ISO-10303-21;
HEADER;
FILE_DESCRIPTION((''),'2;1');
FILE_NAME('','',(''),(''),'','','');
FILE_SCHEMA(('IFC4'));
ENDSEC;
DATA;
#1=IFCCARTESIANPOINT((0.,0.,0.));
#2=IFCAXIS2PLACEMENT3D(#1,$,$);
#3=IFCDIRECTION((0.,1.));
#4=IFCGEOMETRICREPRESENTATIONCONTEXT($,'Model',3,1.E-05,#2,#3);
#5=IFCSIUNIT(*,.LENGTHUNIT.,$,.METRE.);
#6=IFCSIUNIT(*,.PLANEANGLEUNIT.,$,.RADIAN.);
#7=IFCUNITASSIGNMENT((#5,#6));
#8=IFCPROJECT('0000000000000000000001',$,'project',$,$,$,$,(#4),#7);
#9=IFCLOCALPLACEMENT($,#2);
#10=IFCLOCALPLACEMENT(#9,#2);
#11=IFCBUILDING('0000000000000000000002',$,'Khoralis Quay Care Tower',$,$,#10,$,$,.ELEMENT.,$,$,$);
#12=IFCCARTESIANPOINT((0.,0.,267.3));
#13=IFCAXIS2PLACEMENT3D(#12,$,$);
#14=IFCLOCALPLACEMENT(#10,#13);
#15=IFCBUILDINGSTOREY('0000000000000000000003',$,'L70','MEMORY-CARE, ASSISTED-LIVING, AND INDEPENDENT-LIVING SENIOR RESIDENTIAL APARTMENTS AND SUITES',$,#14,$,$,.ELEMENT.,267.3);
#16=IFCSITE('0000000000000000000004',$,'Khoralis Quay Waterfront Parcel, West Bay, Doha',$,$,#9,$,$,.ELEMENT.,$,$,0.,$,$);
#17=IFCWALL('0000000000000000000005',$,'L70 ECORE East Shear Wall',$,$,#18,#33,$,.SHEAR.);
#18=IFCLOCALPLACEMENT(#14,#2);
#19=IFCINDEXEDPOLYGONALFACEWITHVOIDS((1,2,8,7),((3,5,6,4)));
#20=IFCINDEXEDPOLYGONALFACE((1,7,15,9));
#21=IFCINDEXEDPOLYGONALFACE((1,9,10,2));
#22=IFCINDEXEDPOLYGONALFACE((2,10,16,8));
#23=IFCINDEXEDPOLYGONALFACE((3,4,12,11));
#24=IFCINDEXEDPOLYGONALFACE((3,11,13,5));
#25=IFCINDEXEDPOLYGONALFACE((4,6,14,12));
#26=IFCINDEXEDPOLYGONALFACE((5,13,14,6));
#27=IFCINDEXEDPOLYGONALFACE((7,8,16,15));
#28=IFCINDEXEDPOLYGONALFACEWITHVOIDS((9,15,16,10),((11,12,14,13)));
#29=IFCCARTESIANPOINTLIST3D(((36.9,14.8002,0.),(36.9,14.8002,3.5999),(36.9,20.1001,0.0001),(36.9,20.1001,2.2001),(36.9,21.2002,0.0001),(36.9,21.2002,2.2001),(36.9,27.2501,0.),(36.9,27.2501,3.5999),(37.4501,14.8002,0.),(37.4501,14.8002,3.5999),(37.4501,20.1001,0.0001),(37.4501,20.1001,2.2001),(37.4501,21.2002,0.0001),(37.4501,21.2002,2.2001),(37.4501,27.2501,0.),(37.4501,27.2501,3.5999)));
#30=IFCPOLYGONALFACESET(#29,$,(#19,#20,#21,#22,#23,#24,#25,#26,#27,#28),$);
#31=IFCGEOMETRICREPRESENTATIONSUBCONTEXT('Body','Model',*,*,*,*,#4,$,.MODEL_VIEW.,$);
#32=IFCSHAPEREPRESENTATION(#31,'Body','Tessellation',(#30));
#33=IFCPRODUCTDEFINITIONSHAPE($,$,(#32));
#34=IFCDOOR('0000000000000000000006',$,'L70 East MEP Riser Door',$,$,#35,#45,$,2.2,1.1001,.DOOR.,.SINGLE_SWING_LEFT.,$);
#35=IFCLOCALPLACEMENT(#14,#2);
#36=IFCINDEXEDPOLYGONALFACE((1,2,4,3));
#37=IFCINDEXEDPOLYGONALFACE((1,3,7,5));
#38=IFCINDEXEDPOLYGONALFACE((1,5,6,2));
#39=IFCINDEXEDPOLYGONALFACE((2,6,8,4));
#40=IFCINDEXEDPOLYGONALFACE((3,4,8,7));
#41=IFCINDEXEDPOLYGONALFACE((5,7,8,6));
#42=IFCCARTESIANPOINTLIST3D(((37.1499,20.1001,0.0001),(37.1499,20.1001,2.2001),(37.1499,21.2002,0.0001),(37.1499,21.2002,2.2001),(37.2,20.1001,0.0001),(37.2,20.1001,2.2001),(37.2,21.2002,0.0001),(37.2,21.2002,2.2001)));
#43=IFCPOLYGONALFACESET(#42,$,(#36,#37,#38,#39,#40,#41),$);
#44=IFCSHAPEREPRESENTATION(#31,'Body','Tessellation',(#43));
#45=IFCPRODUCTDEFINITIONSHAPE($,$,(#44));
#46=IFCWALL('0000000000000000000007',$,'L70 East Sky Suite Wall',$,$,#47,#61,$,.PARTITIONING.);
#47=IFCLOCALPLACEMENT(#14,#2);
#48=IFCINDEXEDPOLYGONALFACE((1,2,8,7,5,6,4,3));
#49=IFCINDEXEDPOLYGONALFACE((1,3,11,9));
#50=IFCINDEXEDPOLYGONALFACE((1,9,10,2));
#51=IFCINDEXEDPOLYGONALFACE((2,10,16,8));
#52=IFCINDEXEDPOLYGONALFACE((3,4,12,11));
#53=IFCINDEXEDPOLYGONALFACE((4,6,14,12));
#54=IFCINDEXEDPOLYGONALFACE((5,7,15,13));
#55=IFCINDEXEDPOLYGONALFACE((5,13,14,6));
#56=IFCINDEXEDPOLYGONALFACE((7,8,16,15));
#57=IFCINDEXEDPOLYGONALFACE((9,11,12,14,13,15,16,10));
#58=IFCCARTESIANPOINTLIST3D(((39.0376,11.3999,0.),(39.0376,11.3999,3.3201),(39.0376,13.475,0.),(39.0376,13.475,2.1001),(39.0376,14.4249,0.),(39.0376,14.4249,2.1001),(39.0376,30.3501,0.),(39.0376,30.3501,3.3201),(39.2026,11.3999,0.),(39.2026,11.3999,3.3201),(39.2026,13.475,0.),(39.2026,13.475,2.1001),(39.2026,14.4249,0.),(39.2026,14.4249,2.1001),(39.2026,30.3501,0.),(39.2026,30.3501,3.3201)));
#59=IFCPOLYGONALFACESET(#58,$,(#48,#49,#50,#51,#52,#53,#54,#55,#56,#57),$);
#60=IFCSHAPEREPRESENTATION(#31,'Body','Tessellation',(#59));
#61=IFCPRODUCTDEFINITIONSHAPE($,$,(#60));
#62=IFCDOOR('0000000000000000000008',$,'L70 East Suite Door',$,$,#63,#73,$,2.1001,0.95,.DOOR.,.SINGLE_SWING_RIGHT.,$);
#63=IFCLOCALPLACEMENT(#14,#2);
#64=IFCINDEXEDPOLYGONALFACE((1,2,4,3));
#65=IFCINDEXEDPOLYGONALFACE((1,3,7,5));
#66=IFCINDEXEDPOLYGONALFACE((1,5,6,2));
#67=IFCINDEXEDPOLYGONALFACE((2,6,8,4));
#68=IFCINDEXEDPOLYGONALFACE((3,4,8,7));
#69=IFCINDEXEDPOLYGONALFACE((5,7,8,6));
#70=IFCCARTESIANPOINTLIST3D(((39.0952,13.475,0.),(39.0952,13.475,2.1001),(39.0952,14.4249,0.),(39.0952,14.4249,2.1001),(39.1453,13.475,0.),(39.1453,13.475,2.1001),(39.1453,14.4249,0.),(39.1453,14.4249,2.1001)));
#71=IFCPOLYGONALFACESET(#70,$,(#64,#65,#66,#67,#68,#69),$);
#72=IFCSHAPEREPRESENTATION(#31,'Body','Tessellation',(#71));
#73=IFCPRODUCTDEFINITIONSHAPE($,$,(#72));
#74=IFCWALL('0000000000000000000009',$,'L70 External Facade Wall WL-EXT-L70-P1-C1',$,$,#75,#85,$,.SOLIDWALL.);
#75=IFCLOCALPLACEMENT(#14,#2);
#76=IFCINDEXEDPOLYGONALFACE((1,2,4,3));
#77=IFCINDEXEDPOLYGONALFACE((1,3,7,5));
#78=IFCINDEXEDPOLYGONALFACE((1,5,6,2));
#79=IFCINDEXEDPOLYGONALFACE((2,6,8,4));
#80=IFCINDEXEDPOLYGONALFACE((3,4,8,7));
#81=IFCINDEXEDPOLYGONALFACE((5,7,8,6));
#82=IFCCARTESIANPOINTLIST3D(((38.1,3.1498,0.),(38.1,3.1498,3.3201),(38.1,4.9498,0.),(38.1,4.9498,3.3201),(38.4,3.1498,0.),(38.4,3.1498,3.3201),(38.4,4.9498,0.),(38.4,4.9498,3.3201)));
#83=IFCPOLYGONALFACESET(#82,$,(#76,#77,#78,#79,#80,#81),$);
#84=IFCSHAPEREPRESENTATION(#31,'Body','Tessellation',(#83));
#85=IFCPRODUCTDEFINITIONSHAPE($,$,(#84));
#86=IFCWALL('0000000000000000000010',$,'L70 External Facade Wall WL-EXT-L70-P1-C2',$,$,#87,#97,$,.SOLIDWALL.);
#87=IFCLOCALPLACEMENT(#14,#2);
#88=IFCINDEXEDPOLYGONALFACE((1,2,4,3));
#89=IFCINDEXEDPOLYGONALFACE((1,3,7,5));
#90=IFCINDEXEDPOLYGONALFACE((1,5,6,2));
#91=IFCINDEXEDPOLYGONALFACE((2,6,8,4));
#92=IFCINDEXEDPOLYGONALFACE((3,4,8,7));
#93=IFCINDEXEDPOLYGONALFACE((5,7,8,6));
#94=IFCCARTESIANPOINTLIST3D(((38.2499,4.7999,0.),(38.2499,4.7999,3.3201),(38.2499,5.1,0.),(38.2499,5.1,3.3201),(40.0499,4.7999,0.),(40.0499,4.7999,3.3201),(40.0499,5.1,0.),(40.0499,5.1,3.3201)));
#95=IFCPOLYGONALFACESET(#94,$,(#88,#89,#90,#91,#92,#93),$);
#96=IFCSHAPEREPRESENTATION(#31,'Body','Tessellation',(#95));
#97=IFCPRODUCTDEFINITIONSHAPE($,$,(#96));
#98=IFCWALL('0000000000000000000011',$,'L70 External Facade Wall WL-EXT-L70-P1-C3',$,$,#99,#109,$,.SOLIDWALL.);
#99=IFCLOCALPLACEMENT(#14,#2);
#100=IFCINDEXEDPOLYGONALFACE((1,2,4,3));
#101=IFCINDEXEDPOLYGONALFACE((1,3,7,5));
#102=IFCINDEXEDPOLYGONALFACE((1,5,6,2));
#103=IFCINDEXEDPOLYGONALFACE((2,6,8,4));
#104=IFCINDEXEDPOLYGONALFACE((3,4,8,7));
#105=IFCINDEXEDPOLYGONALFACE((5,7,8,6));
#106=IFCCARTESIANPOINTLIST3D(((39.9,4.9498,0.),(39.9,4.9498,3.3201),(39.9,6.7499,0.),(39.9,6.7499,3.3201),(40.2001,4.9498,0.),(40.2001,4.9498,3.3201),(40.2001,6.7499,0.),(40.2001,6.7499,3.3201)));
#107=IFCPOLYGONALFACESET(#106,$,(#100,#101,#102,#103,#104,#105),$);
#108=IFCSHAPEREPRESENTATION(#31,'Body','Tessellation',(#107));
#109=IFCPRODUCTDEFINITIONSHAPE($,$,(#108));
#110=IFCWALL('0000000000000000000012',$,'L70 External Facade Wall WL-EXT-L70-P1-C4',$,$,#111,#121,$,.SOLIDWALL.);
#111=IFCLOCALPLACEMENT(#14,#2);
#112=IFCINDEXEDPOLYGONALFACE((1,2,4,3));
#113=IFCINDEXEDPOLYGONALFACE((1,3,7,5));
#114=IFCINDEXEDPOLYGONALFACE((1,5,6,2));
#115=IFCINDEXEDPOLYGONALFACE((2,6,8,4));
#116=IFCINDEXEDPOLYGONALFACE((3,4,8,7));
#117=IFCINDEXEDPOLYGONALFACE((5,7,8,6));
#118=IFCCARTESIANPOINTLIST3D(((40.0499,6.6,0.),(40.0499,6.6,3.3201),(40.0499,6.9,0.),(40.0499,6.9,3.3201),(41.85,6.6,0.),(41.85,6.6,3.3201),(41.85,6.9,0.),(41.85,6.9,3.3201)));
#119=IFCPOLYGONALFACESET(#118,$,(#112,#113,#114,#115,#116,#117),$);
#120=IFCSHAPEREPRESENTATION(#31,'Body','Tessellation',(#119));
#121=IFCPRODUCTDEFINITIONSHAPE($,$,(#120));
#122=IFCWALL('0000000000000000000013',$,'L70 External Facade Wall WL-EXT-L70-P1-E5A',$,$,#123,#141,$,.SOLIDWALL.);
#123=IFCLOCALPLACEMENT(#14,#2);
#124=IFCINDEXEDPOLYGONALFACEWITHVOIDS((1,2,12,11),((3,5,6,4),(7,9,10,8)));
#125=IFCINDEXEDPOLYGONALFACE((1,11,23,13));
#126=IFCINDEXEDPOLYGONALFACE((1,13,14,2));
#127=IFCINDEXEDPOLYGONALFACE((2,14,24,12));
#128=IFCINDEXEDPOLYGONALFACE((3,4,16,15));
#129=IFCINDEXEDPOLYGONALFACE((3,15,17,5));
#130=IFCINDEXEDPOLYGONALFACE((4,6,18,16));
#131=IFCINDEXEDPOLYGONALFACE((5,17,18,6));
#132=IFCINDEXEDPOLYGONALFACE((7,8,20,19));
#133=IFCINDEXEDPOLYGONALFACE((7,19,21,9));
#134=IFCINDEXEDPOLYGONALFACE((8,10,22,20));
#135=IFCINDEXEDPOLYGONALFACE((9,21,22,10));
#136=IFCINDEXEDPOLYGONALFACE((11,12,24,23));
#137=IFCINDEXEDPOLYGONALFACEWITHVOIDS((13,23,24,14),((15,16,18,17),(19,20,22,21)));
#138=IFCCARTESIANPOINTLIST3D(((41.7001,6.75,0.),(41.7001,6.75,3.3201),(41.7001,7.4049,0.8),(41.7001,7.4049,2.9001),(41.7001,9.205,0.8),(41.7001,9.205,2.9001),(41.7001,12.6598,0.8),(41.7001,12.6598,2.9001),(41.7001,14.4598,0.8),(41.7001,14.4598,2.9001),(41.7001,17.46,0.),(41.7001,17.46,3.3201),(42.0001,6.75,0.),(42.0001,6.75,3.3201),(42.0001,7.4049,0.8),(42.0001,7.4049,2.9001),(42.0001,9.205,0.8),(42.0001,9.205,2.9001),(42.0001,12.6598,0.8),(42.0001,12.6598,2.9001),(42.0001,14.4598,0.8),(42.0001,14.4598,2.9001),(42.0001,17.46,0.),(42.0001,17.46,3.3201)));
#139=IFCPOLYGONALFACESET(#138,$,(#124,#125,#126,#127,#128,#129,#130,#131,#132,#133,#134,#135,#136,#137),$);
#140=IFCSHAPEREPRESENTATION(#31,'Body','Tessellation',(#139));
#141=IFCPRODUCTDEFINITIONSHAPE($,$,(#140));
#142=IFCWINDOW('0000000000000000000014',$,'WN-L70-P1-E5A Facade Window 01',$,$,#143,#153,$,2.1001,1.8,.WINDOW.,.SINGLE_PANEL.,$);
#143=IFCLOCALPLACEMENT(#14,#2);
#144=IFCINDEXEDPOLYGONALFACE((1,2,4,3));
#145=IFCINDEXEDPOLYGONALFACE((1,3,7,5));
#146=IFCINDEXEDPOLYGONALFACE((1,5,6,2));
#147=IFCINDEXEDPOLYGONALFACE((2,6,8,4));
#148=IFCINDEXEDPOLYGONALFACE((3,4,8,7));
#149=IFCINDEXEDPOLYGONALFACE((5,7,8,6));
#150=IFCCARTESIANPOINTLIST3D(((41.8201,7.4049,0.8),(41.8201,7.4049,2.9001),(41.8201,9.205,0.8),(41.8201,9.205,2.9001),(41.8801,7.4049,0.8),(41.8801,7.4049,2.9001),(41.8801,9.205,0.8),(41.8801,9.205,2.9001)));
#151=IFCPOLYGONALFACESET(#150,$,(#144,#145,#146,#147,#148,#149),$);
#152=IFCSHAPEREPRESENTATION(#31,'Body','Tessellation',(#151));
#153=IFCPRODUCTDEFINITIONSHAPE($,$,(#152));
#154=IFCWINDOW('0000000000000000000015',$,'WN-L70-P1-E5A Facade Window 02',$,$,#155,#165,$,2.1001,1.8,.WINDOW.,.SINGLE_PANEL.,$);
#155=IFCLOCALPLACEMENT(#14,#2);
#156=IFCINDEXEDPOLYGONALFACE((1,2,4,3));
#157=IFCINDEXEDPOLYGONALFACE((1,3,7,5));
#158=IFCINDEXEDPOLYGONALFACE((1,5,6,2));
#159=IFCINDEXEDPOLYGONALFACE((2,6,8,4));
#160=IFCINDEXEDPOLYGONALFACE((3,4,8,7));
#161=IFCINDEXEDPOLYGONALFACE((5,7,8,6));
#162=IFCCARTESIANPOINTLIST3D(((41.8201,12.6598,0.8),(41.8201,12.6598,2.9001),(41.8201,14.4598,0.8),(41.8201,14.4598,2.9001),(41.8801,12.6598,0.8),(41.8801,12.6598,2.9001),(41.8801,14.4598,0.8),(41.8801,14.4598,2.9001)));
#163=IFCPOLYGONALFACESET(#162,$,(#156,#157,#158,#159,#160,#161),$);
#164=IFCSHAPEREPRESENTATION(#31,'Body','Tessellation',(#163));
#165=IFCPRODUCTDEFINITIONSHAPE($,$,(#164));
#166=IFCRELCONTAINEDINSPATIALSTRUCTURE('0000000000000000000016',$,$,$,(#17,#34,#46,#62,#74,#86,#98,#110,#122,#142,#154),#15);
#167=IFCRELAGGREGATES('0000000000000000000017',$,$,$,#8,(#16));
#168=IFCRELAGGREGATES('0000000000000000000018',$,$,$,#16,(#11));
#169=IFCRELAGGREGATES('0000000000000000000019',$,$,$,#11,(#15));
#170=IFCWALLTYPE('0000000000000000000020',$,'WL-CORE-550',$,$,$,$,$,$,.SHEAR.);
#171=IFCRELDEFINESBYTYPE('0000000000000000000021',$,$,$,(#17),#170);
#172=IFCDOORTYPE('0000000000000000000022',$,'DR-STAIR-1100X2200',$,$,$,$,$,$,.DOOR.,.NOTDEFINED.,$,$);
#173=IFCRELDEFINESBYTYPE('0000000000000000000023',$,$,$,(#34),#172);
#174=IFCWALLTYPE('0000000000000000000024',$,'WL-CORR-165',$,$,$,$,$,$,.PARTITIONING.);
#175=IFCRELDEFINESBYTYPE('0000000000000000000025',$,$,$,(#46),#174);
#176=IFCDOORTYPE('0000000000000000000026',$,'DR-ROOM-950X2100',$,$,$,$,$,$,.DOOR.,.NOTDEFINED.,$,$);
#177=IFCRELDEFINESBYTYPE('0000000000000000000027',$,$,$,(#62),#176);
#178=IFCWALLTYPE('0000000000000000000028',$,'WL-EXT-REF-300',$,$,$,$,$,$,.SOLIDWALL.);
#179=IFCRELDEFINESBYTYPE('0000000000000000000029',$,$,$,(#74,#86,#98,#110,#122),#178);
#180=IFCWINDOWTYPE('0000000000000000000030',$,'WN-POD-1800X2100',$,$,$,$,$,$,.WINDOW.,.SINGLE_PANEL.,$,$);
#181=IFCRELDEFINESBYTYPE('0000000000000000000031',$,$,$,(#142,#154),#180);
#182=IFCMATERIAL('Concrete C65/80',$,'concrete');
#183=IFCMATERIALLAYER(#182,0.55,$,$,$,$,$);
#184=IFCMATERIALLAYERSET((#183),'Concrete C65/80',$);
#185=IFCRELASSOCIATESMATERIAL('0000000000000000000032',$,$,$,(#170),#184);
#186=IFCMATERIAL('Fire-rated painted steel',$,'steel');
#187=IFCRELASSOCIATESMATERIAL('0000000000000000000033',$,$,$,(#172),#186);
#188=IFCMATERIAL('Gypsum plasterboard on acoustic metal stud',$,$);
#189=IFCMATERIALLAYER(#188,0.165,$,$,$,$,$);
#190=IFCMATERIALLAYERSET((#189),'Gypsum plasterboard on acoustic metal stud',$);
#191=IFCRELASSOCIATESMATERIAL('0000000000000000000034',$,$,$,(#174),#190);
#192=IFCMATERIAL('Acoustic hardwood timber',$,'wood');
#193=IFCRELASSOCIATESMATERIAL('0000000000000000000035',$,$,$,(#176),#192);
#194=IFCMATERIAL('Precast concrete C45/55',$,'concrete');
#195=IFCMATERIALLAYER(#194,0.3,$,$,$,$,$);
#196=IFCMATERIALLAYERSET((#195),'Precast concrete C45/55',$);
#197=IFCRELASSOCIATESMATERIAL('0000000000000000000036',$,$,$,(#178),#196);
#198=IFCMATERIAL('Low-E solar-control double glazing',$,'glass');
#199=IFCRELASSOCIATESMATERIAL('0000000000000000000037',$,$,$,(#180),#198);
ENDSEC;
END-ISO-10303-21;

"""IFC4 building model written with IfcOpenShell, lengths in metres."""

from ifc_helpers import new_model, si_unit, direction, frame, frame_2d, origin, place, context, subcontext, project, spatial, rectangle, extrude, source, transform, mapped, material, layer, layer_set, type_object, element, fill, save


model = new_model("IFC4")

# Units and contexts
model_context = context("Model", 3, precision=1e-05, world=origin(), true_north=direction((0.0, 1.0)))
body_context = subcontext(model_context, "Body", "Model", "MODEL_VIEW")
ifc_project = project(units=[si_unit("LENGTHUNIT", "METRE"), si_unit("PLANEANGLEUNIT", "RADIAN")], contexts=[model_context])

# Site, building, storey
site_placement = place(None, origin())
site = spatial("IfcSite", under=ifc_project, at=site_placement, Name="Khoralis Quay Waterfront Parcel, West Bay, Doha", CompositionType="ELEMENT", RefElevation=0.0)
building_placement = place(site_placement, origin())
building = spatial("IfcBuilding", under=site, at=building_placement, Name="Khoralis Quay Care Tower", CompositionType="ELEMENT")
storey_placement = place(building_placement, frame((0.0, 0.0, 267.3)))
storey = spatial("IfcBuildingStorey", under=building, at=storey_placement, Name="L70", Description="MEMORY-CARE, ASSISTED-LIVING, AND INDEPENDENT-LIVING SENIOR RESIDENTIAL APARTMENTS AND SUITES", CompositionType="ELEMENT", Elevation=267.3)

# Shared definitions
ifc_material_1 = material(Name="Gypsum plasterboard on acoustic metal stud")

# Walls, openings, doors
ifc_material_2 = material(Name="Concrete C65/80", Category="concrete")
ifc_layer_1 = layer(ifc_material_2, 0.55)
ifc_layer_set_1 = layer_set([ifc_layer_1], Name="Concrete C65/80")
wall_type_1 = type_object("IfcWallType", Name="WL-CORE-550", PredefinedType="SHEAR", material=ifc_layer_set_1)
wall_1_placement = place(storey_placement, frame((37.175, 14.8, 0.0), z_axis=(0.0, 0.0, 1.0), x_axis=(0.0, 1.0, 0.0)))
wall_1 = element("IfcWall", 1, at=wall_1_placement, inside=storey, type_object=wall_type_1, Name="L70 ECORE East Shear Wall", PredefinedType="SHEAR", context=body_context, shape_type="SweptSolid", body=[
    extrude(rectangle(XDim=12.45, YDim=0.55, at=frame_2d((6.2251, 0.0))), origin(), (0.0, 0.0, 1.0), 3.5999),
])
opening_1_placement = place(wall_1_placement, frame((5.3, 0.0, 0.0)))
opening_1 = element("IfcOpeningElement", 2, at=opening_1_placement, cuts=wall_1, PredefinedType="OPENING", context=body_context, shape_type="SweptSolid", body=[
    extrude(rectangle(XDim=1.1001, YDim=2.2, at=frame_2d((0.55, 1.1001))), frame((0.0, 0.2852, 0.0), z_axis=(0.0, -1.0, 0.0), x_axis=(1.0, 0.0, 0.0)), (0.0, 0.0, 1.0), 0.5701),
])
ifc_material_3 = material(Name="Fire-rated painted steel", Category="steel")
door_type_1 = type_object("IfcDoorType", Name="DR-STAIR-1100X2200", OperationType="NOTDEFINED", PredefinedType="DOOR", material=ifc_material_3)
shared_shape_1 = source(origin(), body_context, "Body", "SweptSolid", [
    extrude(rectangle(XDim=1.1001, YDim=2.2, at=frame_2d((0.55, 1.1001))), frame((0.0, 0.0249, 0.0), z_axis=(0.0, -1.0, 0.0), x_axis=(1.0, 0.0, 0.0)), (0.0, 0.0, 1.0), 0.05),
])
door_1_placement = place(opening_1_placement, frame((1.1001, 0.0, 0.0), z_axis=(0.0, 0.0, 1.0), x_axis=(-1.0, 0.0, 0.0)))
door_1 = element("IfcDoor", 3, at=door_1_placement, inside=storey, type_object=door_type_1, Name="L70 East MEP Riser Door", OperationType="SINGLE_SWING_LEFT", OverallHeight=2.2, OverallWidth=1.1001, PredefinedType="DOOR", context=body_context, shape_type="MappedRepresentation", body=[
    mapped(shared_shape_1, transform((0.0, 0.0, 0.0), scale=1.0)),
])
fill(opening_1, door_1)
ifc_layer_2 = layer(ifc_material_1, 0.165)
ifc_layer_set_2 = layer_set([ifc_layer_2], Name="Gypsum plasterboard on acoustic metal stud")
wall_type_2 = type_object("IfcWallType", Name="WL-CORR-165", PredefinedType="PARTITIONING", material=ifc_layer_set_2)
wall_2_placement = place(storey_placement, frame((39.1201, 11.3999, 0.0), z_axis=(0.0, 0.0, 1.0), x_axis=(0.0, 1.0, 0.0)))
wall_2 = element("IfcWall", 4, at=wall_2_placement, inside=storey, type_object=wall_type_2, Name="L70 East Sky Suite Wall", PredefinedType="PARTITIONING", context=body_context, shape_type="SweptSolid", body=[
    extrude(rectangle(XDim=18.9502, YDim=0.165, at=frame_2d((9.4751, 0.0))), origin(), (0.0, 0.0, 1.0), 3.3201),
])
opening_2_placement = place(wall_2_placement, frame((2.075, 0.0, 0.0)))
opening_2 = element("IfcOpeningElement", 5, at=opening_2_placement, cuts=wall_2, PredefinedType="OPENING", context=body_context, shape_type="SweptSolid", body=[
    extrude(rectangle(XDim=0.95, YDim=2.1001, at=frame_2d((0.4751, 1.05))), frame((0.0, 0.0925, 0.0), z_axis=(0.0, -1.0, 0.0), x_axis=(1.0, 0.0, 0.0)), (0.0, 0.0, 1.0), 0.1851),
])
ifc_material_4 = material(Name="Acoustic hardwood timber", Category="wood")
door_type_2 = type_object("IfcDoorType", Name="DR-ROOM-950X2100", OperationType="NOTDEFINED", PredefinedType="DOOR", material=ifc_material_4)
shared_shape_2 = source(origin(), body_context, "Body", "SweptSolid", [
    extrude(rectangle(XDim=0.95, YDim=2.1001, at=frame_2d((0.4751, 1.05))), frame((0.0, 0.0249, 0.0), z_axis=(0.0, -1.0, 0.0), x_axis=(1.0, 0.0, 0.0)), (0.0, 0.0, 1.0), 0.05),
])
door_2_placement = place(opening_2_placement, origin())
door_2 = element("IfcDoor", 6, at=door_2_placement, inside=storey, type_object=door_type_2, Name="L70 East Suite Door", OperationType="SINGLE_SWING_RIGHT", OverallHeight=2.1001, OverallWidth=0.95, PredefinedType="DOOR", context=body_context, shape_type="MappedRepresentation", body=[
    mapped(shared_shape_2, transform((0.0, 0.0, 0.0), scale=1.0)),
])
fill(opening_2, door_2)

# Walls
ifc_material_5 = material(Name="Precast concrete C45/55", Category="concrete")
ifc_layer_3 = layer(ifc_material_5, 0.3)
ifc_layer_set_3 = layer_set([ifc_layer_3], Name="Precast concrete C45/55")
wall_type_3 = type_object("IfcWallType", Name="WL-EXT-REF-300", PredefinedType="SOLIDWALL", material=ifc_layer_set_3)
for number, where, z_axis, x_axis, name in (
    (7, (38.25, 3.1499, 0.0), (0.0, 0.0, 1.0), (0.0, 1.0, 0.0), "L70 External Facade Wall WL-EXT-L70-P1-C1"),
    (8, (38.25, 4.95, 0.0), (0.0, 0.0, 1.0), (1.0, 0.0, 0.0), "L70 External Facade Wall WL-EXT-L70-P1-C2"),
    (9, (40.05, 4.95, 0.0), (0.0, 0.0, 1.0), (0.0, 1.0, 0.0), "L70 External Facade Wall WL-EXT-L70-P1-C3"),
    (10, (40.05, 6.75, 0.0), (0.0, 0.0, 1.0), (1.0, 0.0, 0.0), "L70 External Facade Wall WL-EXT-L70-P1-C4"),
):
    element("IfcWall", number, at=place(storey_placement, frame(where, z_axis=z_axis, x_axis=x_axis)), inside=storey, type_object=wall_type_3, Name=name, PredefinedType="SOLIDWALL", context=body_context, shape_type="SweptSolid", body=[
        extrude(rectangle(XDim=1.8, YDim=0.3, at=frame_2d((0.8999, 0.0))), origin(), (0.0, 0.0, 1.0), 3.3201),
    ])

# Wall, openings, windows
wall_3_placement = place(storey_placement, frame((41.8501, 6.75, 0.0), z_axis=(0.0, 0.0, 1.0), x_axis=(0.0, 1.0, 0.0)))
wall_3 = element("IfcWall", 11, at=wall_3_placement, inside=storey, type_object=wall_type_3, Name="L70 External Facade Wall WL-EXT-L70-P1-E5A", PredefinedType="SOLIDWALL", context=body_context, shape_type="SweptSolid", body=[
    extrude(rectangle(XDim=10.71, YDim=0.3, at=frame_2d((5.355, 0.0))), origin(), (0.0, 0.0, 1.0), 3.3201),
])
opening_3_placement = place(wall_3_placement, frame((0.655, 0.0, 0.8)))
opening_3 = element("IfcOpeningElement", 12, at=opening_3_placement, cuts=wall_3, PredefinedType="OPENING", context=body_context, shape_type="SweptSolid", body=[
    extrude(rectangle(XDim=1.8, YDim=2.1001, at=frame_2d((0.8999, 1.05))), frame((0.0, 0.1602, 0.0), z_axis=(0.0, -1.0, 0.0), x_axis=(1.0, 0.0, 0.0)), (0.0, 0.0, 1.0), 0.3201),
])
opening_4_placement = place(wall_3_placement, frame((5.9099, 0.0, 0.8)))
opening_4 = element("IfcOpeningElement", 13, at=opening_4_placement, cuts=wall_3, PredefinedType="OPENING", context=body_context, shape_type="SweptSolid", body=[
    extrude(rectangle(XDim=1.8, YDim=2.1001, at=frame_2d((0.8999, 1.05))), frame((0.0, 0.1602, 0.0), z_axis=(0.0, -1.0, 0.0), x_axis=(1.0, 0.0, 0.0)), (0.0, 0.0, 1.0), 0.3201),
])
ifc_material_6 = material(Name="Low-E solar-control double glazing", Category="glass")
window_type = type_object("IfcWindowType", Name="WN-POD-1800X2100", PartitioningType="SINGLE_PANEL", PredefinedType="WINDOW", material=ifc_material_6)
shared_shape_3 = source(origin(), body_context, "Body", "SweptSolid", [
    extrude(rectangle(XDim=1.8, YDim=2.1001, at=frame_2d((0.8999, 1.05))), frame((0.0, 0.03, 0.0), z_axis=(0.0, -1.0, 0.0), x_axis=(1.0, 0.0, 0.0)), (0.0, 0.0, 1.0), 0.0601),
])
window_1_placement = place(opening_3_placement, origin())
window_1 = element("IfcWindow", 14, at=window_1_placement, inside=storey, type_object=window_type, Name="WN-L70-P1-E5A Facade Window 01", OverallHeight=2.1001, OverallWidth=1.8, PartitioningType="SINGLE_PANEL", PredefinedType="WINDOW", context=body_context, shape_type="MappedRepresentation", body=[
    mapped(shared_shape_3, transform((0.0, 0.0, 0.0), scale=1.0)),
])
fill(opening_3, window_1)
window_2_placement = place(opening_4_placement, origin())
window_2 = element("IfcWindow", 15, at=window_2_placement, inside=storey, type_object=window_type, Name="WN-L70-P1-E5A Facade Window 02", OverallHeight=2.1001, OverallWidth=1.8, PartitioningType="SINGLE_PANEL", PredefinedType="WINDOW", context=body_context, shape_type="MappedRepresentation", body=[
    mapped(shared_shape_3, transform((0.0, 0.0, 0.0), scale=1.0)),
])
fill(opening_4, window_2)

save(model, "model.ifc")
